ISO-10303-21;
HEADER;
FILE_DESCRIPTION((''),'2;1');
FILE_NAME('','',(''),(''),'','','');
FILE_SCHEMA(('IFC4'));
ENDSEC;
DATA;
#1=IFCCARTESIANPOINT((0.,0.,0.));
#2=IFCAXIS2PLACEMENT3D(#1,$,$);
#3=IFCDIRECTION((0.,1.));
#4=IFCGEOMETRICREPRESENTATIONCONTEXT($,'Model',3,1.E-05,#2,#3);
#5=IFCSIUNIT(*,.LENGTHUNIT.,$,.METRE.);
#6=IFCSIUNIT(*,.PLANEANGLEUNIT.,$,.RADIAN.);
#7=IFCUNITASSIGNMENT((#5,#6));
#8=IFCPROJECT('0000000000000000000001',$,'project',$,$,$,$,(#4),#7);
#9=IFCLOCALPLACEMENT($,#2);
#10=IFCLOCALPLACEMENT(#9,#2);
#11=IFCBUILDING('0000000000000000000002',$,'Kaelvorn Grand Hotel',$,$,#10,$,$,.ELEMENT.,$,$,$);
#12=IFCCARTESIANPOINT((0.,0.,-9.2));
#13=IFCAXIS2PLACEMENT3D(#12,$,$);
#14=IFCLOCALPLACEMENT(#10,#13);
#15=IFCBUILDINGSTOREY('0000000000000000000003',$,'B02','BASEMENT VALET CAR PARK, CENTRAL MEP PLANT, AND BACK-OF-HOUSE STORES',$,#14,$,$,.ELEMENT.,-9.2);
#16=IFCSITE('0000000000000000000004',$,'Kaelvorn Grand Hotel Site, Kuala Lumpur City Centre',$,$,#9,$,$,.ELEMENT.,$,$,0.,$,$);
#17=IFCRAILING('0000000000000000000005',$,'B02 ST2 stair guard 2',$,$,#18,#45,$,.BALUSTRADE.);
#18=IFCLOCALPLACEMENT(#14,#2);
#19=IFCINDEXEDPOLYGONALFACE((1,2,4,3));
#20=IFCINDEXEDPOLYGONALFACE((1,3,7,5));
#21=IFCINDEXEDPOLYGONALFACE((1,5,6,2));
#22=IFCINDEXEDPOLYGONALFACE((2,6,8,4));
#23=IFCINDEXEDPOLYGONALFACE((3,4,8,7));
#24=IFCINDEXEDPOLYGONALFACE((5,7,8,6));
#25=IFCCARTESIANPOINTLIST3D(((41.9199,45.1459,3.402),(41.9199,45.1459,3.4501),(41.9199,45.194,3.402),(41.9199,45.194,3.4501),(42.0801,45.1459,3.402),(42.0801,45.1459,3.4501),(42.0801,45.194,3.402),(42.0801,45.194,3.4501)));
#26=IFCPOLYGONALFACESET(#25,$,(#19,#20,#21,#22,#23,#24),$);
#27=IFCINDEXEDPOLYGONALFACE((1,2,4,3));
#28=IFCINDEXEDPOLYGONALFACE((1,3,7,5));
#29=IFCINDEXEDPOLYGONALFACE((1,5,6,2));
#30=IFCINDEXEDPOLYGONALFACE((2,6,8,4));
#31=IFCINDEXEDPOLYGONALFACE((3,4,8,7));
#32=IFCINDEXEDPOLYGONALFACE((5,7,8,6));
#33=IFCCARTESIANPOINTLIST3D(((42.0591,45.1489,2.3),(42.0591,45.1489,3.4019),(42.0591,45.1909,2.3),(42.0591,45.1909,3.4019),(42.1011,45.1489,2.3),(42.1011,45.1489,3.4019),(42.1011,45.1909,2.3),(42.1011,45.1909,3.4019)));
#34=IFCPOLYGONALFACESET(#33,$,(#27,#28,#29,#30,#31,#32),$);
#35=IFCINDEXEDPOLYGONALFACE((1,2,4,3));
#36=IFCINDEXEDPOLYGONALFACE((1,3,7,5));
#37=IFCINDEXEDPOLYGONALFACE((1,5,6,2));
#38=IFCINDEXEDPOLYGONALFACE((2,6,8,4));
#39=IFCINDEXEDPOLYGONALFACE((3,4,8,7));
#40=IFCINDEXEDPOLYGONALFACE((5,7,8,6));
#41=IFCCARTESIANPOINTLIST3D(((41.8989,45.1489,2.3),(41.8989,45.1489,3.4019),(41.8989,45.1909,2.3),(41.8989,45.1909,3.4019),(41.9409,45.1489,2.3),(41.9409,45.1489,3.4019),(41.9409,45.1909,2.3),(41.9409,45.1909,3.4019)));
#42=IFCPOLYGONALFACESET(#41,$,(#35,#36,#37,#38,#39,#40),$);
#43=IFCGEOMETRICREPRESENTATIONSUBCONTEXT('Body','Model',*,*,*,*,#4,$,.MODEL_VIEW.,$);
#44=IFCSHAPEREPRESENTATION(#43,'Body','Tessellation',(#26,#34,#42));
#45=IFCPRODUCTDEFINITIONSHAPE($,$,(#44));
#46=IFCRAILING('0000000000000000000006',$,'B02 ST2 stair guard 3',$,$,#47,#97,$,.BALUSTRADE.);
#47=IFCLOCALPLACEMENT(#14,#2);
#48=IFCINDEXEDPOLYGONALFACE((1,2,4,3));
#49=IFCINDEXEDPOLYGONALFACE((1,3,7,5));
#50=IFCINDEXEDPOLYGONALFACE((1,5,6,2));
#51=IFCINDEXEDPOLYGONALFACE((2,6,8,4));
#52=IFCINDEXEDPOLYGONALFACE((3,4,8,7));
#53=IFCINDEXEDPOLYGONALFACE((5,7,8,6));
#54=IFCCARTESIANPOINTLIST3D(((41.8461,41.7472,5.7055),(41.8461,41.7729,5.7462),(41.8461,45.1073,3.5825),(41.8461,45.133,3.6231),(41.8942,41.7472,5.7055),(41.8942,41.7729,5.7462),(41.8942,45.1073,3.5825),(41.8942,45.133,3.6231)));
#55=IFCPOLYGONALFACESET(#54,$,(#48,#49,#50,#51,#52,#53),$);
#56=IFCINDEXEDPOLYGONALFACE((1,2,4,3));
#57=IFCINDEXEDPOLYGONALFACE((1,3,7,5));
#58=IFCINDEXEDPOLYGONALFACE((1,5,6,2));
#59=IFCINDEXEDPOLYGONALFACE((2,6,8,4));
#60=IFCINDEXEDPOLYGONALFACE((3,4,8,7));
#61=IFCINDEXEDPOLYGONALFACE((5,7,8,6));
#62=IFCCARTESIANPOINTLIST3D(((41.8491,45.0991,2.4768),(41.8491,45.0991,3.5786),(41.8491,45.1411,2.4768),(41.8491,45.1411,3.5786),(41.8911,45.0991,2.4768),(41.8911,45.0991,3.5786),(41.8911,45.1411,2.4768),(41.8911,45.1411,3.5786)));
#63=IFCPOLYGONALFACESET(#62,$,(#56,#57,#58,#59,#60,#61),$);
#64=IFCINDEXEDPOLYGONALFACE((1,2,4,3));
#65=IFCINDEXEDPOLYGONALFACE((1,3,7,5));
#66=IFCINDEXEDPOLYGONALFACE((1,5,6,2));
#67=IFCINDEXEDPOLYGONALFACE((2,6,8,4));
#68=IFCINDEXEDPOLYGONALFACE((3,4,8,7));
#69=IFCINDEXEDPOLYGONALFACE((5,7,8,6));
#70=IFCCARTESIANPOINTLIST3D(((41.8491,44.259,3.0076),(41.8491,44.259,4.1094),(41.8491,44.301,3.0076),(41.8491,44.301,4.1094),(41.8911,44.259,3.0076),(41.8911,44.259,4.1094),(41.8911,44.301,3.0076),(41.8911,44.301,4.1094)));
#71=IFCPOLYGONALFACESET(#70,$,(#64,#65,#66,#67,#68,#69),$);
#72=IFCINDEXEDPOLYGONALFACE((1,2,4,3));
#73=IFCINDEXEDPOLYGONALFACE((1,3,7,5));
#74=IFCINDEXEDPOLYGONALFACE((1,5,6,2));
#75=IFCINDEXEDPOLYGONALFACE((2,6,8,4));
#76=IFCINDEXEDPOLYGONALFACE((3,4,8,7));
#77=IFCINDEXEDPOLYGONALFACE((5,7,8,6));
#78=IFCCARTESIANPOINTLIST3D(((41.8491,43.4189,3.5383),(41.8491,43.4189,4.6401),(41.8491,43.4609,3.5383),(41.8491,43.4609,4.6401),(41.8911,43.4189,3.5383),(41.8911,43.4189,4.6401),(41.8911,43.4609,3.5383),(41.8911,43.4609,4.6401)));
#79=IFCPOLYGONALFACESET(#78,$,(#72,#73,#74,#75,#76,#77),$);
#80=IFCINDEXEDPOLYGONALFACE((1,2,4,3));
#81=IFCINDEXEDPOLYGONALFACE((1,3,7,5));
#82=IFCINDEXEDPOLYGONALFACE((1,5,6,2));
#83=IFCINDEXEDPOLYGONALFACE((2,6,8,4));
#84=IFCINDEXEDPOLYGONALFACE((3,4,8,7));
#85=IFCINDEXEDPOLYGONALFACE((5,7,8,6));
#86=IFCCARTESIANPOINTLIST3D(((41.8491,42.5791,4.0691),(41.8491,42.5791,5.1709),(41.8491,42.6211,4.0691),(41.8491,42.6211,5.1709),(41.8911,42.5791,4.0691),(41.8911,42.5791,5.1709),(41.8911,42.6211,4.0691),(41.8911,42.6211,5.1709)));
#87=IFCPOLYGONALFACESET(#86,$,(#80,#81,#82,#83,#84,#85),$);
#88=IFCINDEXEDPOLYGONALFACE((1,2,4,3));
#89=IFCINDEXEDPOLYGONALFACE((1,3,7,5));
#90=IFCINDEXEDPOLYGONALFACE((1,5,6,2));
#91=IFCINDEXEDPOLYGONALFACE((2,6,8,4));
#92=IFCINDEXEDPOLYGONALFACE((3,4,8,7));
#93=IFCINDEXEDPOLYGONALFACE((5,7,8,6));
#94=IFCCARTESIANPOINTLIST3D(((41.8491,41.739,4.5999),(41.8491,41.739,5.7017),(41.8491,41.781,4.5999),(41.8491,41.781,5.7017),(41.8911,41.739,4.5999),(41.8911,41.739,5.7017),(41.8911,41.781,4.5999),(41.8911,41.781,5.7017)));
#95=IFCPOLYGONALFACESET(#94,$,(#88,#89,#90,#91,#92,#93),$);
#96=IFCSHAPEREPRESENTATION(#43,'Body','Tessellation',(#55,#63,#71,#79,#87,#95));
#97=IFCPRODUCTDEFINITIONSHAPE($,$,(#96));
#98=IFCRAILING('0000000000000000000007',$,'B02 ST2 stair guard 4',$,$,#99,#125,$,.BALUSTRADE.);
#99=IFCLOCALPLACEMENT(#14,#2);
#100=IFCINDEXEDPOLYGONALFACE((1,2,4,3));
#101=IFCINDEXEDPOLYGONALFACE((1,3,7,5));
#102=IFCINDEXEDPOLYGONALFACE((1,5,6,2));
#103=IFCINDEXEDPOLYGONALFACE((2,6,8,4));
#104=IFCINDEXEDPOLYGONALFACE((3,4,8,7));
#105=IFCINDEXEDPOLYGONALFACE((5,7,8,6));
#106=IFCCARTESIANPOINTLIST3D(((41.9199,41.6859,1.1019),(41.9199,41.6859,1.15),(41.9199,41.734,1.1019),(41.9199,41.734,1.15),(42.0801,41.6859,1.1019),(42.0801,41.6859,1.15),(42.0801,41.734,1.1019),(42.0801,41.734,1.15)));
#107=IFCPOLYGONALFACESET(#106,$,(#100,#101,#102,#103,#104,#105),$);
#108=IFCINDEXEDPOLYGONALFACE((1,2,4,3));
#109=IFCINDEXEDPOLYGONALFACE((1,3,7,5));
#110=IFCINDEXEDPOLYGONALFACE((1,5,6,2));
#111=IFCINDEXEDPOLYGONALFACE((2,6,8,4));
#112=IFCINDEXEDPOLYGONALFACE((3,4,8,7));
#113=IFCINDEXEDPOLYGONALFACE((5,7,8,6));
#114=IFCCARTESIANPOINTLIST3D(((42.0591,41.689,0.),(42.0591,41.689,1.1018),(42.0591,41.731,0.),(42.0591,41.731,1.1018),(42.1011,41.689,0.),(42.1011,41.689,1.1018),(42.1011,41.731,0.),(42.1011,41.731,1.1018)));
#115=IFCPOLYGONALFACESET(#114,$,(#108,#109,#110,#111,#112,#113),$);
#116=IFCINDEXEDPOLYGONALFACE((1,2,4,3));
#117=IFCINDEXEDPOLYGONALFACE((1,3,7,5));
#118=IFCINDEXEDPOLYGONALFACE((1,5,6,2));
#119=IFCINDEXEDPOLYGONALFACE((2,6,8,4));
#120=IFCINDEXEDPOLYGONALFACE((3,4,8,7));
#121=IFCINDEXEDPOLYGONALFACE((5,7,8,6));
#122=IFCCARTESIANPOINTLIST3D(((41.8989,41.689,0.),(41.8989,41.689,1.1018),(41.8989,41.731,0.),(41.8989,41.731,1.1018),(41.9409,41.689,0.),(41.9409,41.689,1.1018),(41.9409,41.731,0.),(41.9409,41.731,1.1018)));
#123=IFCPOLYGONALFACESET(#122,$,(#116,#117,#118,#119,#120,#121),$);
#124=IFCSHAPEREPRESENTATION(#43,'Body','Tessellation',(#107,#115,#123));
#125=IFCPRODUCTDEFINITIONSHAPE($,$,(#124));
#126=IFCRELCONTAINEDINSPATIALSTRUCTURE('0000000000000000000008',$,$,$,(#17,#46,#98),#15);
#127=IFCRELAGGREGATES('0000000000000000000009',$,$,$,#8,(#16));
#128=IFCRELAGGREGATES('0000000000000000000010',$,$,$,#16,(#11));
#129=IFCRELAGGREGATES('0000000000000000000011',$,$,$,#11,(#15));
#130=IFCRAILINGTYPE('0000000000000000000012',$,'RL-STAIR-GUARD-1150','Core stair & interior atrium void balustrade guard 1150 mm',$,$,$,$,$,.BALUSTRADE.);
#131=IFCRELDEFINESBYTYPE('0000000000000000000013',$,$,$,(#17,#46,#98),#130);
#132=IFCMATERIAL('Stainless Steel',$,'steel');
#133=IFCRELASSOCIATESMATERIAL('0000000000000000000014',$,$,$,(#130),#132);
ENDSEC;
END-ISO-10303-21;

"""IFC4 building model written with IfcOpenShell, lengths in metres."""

from ifc_helpers import new_model, si_unit, direction, frame, origin, origin_2d, place, context, subcontext, project, spatial, rectangle, extrude, material, type_object, element, save


model = new_model("IFC4")

# Units and contexts
model_context = context("Model", 3, precision=1e-05, world=origin(), true_north=direction((0.0, 1.0)))
body_context = subcontext(model_context, "Body", "Model", "MODEL_VIEW")
ifc_project = project(units=[si_unit("LENGTHUNIT", "METRE"), si_unit("PLANEANGLEUNIT", "RADIAN")], contexts=[model_context])

# Site, building, storey
site_placement = place(None, origin())
site = spatial("IfcSite", under=ifc_project, at=site_placement, Name="Kaelvorn Grand Hotel Site, Kuala Lumpur City Centre", CompositionType="ELEMENT", RefElevation=0.0)
building_placement = place(site_placement, origin())
building = spatial("IfcBuilding", under=site, at=building_placement, Name="Kaelvorn Grand Hotel", CompositionType="ELEMENT")
storey_placement = place(building_placement, frame((0.0, 0.0, -9.2)))
storey = spatial("IfcBuildingStorey", under=building, at=storey_placement, Name="B02", Description="BASEMENT VALET CAR PARK, CENTRAL MEP PLANT, AND BACK-OF-HOUSE STORES", CompositionType="ELEMENT", Elevation=-9.2)

# Railings
ifc_material_1 = material(Name="Stainless Steel", Category="steel")
railing_type_1 = type_object("IfcRailingType", Name="RL-STAIR-GUARD-1150", Description="Core stair & interior atrium void balustrade guard 1150 mm", PredefinedType="BALUSTRADE", material=ifc_material_1)
railing_1_placement = place(storey_placement, frame((42.0801, 45.1699, 2.3)))
element("IfcRailing", 1, at=railing_1_placement, inside=storey, type_object=railing_type_1, Name="B02 ST2 stair guard 2", PredefinedType="BALUSTRADE", context=body_context, shape_type="SweptSolid", body=[
    extrude(rectangle(XDim=0.0481, YDim=0.0481, at=origin_2d()), frame((0.0, 0.0, 1.126), z_axis=(-1.0, 0.0, 0.0), x_axis=(0.0, -1.0, 0.0)), (0.0, 0.0, 1.0), 0.1602),
    extrude(rectangle(XDim=0.042, YDim=0.042, at=origin_2d()), origin(), (0.0, 0.0, 1.0), 1.1018),
    extrude(rectangle(XDim=0.042, YDim=0.042, at=origin_2d()), frame((-0.1602, 0.0, 0.0)), (0.0, 0.0, 1.0), 1.1018),
])
railing_2_placement = place(storey_placement, frame((41.8701, 45.1201, 2.4768)))
element("IfcRailing", 2, at=railing_2_placement, inside=storey, type_object=railing_type_1, Name="B02 ST2 stair guard 3", PredefinedType="BALUSTRADE", context=body_context, shape_type="SweptSolid", body=[
    extrude(rectangle(XDim=0.0481, YDim=0.0481, at=origin_2d()), frame((0.0, 0.0, 1.126), z_axis=(0.0, -0.84539, 0.53415), x_axis=(1.0, 0.0, 0.0)), (0.0, 0.0, 1.0), 3.9746),
    extrude(rectangle(XDim=0.042, YDim=0.042, at=origin_2d()), origin(), (0.0, 0.0, 1.0), 1.1018),
    extrude(rectangle(XDim=0.042, YDim=0.042, at=origin_2d()), frame((0.0, -0.8401, 0.5308)), (0.0, 0.0, 1.0), 1.1018),
    extrude(rectangle(XDim=0.042, YDim=0.042, at=origin_2d()), frame((0.0, -1.6802, 1.0615)), (0.0, 0.0, 1.0), 1.1018),
    extrude(rectangle(XDim=0.042, YDim=0.042, at=origin_2d()), frame((0.0, -2.52, 1.5923)), (0.0, 0.0, 1.0), 1.1018),
    extrude(rectangle(XDim=0.042, YDim=0.042, at=origin_2d()), frame((0.0, -3.3601, 2.123)), (0.0, 0.0, 1.0), 1.1018),
])
railing_3_placement = place(storey_placement, frame((42.0801, 41.71, 0.0)))
element("IfcRailing", 3, at=railing_3_placement, inside=storey, type_object=railing_type_1, Name="B02 ST2 stair guard 4", PredefinedType="BALUSTRADE", context=body_context, shape_type="SweptSolid", body=[
    extrude(rectangle(XDim=0.0481, YDim=0.0481, at=origin_2d()), frame((0.0, 0.0, 1.126), z_axis=(-1.0, 0.0, 0.0), x_axis=(0.0, -1.0, 0.0)), (0.0, 0.0, 1.0), 0.1602),
    extrude(rectangle(XDim=0.042, YDim=0.042, at=origin_2d()), origin(), (0.0, 0.0, 1.0), 1.1018),
    extrude(rectangle(XDim=0.042, YDim=0.042, at=origin_2d()), frame((-0.1602, 0.0, 0.0)), (0.0, 0.0, 1.0), 1.1018),
])

save(model, "model.ifc")
